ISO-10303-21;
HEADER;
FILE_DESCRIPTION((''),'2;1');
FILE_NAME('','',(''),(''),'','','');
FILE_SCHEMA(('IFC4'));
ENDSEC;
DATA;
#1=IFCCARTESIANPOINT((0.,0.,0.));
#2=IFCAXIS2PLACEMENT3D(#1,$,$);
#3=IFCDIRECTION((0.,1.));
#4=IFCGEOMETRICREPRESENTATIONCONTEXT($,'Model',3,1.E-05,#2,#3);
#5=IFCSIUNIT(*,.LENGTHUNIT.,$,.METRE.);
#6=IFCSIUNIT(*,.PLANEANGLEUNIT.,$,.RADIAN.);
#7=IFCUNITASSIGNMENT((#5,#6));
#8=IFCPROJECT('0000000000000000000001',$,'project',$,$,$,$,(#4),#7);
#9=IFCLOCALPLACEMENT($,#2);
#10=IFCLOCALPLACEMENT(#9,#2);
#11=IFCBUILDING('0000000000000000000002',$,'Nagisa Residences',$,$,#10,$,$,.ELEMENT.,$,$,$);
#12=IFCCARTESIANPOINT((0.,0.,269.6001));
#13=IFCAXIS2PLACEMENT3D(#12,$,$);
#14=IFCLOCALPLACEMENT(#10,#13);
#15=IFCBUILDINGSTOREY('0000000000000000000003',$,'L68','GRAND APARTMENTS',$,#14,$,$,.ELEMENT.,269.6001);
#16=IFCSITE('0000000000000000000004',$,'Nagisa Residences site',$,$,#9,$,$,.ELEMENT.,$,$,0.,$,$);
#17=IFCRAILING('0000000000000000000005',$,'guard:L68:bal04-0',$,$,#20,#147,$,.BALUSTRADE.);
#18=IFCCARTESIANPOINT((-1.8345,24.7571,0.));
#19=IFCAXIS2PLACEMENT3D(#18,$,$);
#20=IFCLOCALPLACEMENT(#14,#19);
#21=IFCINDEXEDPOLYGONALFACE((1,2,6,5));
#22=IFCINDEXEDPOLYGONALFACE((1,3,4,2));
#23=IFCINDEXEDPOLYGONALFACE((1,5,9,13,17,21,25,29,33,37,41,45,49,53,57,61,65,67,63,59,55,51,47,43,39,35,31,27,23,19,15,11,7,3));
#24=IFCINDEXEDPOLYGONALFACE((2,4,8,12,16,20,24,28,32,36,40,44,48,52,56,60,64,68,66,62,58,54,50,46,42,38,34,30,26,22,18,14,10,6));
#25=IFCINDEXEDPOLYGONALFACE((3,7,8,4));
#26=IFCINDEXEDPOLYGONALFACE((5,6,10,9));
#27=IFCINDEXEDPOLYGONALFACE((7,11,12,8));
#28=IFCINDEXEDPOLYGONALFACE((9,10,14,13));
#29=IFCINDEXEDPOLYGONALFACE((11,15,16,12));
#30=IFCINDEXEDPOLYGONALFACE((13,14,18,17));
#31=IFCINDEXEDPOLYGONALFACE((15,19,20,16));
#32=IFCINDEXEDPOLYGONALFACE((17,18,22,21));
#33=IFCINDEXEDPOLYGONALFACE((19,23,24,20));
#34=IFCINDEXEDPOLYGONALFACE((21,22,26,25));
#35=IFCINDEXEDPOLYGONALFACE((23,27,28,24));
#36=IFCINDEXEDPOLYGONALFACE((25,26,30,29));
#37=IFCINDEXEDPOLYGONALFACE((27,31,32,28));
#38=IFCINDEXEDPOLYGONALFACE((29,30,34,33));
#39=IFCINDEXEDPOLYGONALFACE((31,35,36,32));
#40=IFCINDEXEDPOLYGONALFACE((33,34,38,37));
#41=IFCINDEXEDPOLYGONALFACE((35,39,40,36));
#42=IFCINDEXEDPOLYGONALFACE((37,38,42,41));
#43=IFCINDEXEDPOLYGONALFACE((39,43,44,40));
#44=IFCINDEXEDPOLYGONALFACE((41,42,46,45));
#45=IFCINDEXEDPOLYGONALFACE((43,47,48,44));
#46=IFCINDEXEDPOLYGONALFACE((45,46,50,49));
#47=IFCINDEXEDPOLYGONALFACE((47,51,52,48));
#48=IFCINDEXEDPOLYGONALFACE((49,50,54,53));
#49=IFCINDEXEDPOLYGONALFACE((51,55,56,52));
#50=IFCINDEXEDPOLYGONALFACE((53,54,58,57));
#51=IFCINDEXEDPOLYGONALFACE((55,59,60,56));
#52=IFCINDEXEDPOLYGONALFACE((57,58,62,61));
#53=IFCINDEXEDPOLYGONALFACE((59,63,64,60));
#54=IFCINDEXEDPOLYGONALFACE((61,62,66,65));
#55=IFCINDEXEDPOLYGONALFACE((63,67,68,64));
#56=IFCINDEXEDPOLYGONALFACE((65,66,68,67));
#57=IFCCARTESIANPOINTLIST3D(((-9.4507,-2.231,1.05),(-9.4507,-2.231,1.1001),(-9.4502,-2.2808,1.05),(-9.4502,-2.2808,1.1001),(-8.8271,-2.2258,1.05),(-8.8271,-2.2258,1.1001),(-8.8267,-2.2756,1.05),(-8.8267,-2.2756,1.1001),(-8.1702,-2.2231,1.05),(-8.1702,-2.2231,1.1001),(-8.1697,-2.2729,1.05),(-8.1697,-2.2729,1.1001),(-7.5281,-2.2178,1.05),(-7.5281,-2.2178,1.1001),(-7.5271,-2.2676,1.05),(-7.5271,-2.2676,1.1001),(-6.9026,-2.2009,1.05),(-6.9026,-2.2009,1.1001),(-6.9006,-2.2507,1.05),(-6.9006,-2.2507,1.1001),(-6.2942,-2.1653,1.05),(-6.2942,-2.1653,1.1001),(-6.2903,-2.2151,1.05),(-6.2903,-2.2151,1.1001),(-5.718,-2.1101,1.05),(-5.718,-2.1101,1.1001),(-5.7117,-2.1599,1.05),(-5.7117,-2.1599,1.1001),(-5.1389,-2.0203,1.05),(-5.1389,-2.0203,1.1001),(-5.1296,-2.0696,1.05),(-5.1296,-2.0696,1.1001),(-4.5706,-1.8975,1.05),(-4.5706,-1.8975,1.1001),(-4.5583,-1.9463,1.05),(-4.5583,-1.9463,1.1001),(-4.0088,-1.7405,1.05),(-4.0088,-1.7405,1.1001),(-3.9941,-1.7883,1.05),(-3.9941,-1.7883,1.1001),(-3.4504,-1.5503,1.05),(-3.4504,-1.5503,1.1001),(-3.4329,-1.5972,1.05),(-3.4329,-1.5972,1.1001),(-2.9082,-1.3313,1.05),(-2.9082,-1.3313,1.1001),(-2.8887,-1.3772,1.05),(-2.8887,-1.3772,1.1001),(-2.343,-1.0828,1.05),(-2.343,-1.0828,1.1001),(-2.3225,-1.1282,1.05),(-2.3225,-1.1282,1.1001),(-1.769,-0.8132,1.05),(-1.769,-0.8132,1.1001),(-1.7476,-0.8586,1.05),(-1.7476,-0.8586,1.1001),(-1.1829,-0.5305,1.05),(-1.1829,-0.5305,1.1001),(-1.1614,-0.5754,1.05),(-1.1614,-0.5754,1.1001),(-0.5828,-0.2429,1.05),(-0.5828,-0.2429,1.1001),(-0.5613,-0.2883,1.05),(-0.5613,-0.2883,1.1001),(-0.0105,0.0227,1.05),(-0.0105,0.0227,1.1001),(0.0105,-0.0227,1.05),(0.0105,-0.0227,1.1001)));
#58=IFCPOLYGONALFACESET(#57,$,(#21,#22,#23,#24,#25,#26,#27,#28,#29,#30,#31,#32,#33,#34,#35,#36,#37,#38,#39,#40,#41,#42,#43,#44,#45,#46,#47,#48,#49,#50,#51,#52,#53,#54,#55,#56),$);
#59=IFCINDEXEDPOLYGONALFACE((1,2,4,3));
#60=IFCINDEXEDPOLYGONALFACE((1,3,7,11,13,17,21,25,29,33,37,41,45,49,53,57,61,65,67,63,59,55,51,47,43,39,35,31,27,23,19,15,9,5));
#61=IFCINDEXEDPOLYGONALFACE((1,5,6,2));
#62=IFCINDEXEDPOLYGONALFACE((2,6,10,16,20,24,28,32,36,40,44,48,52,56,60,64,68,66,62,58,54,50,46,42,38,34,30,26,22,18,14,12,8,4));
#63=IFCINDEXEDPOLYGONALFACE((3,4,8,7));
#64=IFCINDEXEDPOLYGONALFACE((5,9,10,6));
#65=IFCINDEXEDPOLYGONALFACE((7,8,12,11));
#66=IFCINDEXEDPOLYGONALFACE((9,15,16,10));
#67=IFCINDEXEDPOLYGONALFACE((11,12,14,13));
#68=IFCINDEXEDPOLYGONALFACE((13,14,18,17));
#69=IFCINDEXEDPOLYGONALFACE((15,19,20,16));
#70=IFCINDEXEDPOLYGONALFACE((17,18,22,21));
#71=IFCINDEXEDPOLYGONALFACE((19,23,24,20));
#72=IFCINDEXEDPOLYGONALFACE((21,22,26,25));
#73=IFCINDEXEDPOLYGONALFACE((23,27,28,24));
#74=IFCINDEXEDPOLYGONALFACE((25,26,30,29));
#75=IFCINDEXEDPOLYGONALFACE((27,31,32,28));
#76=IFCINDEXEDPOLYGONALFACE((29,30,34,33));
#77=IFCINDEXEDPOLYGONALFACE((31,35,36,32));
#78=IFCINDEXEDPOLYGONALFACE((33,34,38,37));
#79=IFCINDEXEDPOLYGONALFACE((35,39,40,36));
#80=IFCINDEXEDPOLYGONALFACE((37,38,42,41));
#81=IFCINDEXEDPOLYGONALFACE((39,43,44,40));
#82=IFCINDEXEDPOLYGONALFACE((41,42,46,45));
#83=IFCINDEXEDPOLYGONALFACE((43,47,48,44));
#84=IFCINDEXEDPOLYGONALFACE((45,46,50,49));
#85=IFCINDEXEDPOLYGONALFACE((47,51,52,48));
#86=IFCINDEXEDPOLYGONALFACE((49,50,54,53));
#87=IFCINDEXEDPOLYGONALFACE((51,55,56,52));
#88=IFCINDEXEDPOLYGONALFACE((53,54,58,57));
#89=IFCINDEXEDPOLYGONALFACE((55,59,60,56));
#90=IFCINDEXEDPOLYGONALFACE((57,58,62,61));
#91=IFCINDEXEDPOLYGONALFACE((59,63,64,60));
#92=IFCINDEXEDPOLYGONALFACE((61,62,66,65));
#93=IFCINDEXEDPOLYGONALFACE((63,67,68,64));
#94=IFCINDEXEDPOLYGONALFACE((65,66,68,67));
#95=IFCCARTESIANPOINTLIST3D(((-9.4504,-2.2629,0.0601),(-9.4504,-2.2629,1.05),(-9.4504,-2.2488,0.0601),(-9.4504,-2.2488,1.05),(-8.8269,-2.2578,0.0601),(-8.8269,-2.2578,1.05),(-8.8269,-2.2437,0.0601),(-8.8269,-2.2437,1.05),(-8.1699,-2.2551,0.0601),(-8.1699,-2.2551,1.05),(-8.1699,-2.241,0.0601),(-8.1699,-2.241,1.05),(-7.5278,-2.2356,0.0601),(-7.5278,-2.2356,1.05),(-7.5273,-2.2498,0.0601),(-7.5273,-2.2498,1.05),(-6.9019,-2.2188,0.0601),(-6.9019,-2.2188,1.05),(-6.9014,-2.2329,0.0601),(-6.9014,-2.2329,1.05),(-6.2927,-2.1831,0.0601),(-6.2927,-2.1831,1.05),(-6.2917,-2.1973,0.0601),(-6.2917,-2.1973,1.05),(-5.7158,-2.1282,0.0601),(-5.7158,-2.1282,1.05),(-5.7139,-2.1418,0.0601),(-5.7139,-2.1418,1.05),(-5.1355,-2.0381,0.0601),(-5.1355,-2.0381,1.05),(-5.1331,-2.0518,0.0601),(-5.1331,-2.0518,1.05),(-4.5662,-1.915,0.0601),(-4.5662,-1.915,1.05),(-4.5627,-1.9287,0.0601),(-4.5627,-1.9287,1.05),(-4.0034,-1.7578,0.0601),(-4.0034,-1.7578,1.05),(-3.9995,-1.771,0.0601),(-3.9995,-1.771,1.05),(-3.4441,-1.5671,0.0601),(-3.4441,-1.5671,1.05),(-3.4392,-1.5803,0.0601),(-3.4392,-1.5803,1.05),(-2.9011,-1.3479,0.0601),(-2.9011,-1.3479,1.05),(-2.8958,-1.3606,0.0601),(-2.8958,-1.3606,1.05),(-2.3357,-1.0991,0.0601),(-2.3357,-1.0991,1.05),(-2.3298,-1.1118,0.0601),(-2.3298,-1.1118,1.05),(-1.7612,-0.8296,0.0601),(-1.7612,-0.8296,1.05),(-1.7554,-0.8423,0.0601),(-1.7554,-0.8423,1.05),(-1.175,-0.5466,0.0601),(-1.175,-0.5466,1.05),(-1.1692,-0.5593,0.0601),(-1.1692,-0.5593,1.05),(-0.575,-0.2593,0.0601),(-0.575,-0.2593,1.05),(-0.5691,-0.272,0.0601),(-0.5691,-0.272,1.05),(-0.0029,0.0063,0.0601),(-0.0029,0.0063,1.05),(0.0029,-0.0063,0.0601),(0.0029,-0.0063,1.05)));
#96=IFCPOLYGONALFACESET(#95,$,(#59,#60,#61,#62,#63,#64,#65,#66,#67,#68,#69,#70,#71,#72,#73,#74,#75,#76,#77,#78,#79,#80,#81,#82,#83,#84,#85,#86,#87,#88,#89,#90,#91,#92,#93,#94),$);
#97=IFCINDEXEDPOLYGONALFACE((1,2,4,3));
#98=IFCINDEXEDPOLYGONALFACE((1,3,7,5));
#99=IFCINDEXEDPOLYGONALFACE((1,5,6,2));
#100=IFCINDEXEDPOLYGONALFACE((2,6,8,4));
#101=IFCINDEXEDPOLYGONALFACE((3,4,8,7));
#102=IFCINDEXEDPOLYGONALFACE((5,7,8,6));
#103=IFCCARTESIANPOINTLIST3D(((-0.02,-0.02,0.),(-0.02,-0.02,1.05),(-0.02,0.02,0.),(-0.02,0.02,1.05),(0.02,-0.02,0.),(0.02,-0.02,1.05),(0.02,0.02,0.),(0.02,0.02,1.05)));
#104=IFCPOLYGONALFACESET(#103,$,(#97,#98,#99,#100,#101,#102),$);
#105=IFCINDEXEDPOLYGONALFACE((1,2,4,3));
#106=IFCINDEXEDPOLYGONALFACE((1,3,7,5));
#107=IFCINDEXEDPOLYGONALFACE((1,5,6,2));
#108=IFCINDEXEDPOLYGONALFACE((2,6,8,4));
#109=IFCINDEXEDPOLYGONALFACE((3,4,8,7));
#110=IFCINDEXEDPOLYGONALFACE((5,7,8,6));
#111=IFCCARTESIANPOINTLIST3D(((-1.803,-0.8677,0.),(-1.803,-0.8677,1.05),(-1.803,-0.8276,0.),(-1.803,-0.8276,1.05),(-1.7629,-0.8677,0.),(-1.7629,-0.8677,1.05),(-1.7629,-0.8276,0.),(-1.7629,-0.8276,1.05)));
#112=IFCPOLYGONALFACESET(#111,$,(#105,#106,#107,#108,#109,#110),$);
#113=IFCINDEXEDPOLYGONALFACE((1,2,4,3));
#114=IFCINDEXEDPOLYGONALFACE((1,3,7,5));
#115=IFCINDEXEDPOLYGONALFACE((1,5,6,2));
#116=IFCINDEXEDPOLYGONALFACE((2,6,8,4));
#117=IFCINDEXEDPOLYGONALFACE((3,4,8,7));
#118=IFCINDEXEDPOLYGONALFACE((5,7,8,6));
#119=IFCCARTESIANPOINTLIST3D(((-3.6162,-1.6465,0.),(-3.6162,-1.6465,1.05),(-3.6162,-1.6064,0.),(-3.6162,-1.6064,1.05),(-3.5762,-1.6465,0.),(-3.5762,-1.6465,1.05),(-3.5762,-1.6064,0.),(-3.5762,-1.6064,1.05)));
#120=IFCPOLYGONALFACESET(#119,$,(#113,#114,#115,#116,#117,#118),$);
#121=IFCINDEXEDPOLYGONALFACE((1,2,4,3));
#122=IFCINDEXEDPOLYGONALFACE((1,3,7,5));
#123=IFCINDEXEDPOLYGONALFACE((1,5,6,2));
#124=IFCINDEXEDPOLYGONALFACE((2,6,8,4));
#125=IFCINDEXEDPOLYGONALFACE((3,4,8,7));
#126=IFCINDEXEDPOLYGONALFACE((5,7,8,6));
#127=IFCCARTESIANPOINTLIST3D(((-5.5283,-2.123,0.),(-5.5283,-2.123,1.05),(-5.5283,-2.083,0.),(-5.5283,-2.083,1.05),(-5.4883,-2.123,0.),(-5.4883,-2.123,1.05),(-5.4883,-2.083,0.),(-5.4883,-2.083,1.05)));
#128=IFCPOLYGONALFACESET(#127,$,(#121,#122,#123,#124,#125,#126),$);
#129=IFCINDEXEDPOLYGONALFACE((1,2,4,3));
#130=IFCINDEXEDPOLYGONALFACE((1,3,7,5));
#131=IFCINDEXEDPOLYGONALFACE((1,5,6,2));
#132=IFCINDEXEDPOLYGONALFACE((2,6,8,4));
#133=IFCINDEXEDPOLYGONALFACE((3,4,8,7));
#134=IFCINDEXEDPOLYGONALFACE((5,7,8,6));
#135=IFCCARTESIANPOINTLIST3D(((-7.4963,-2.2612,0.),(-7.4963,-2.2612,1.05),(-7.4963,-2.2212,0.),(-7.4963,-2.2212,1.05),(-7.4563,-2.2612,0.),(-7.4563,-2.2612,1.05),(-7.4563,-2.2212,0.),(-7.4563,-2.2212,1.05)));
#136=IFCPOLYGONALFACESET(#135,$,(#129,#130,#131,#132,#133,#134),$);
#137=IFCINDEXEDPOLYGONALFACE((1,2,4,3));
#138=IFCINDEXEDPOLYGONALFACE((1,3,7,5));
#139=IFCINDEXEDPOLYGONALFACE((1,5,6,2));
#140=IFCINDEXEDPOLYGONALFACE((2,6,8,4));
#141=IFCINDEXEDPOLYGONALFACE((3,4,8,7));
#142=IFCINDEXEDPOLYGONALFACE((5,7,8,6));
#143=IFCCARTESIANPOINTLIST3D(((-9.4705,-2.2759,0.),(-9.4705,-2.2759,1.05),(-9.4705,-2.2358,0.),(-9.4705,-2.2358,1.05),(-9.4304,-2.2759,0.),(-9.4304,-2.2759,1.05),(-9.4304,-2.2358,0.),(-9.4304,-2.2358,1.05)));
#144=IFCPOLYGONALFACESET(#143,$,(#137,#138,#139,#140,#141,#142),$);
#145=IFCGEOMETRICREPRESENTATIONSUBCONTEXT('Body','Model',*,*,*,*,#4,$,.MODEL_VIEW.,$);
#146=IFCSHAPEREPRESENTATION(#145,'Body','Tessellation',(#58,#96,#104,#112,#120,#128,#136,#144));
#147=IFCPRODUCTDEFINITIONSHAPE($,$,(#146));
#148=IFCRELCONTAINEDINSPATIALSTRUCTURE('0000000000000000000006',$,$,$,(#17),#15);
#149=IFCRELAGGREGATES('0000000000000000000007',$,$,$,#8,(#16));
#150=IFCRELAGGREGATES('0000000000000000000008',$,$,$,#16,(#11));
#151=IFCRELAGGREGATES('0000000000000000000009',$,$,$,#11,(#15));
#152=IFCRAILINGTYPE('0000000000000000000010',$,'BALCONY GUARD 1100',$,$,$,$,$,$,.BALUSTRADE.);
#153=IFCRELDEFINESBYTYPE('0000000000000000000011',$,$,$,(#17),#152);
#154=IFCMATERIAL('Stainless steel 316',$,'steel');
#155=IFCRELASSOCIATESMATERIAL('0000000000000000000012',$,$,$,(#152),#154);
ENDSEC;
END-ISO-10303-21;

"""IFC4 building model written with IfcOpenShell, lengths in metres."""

from ifc_helpers import new_model, si_unit, direction, frame, origin, origin_2d, place, context, subcontext, project, spatial, polyline, rectangle, outline, extrude, material, type_object, element, save


model = new_model("IFC4")

# Units and contexts
model_context = context("Model", 3, precision=1e-05, world=origin(), true_north=direction((0.0, 1.0)))
body_context = subcontext(model_context, "Body", "Model", "MODEL_VIEW")
ifc_project = project(units=[si_unit("LENGTHUNIT", "METRE"), si_unit("PLANEANGLEUNIT", "RADIAN")], contexts=[model_context])

# Site, building, storey
site_placement = place(None, origin())
site = spatial("IfcSite", under=ifc_project, at=site_placement, Name="Nagisa Residences site", CompositionType="ELEMENT", RefElevation=0.0)
building_placement = place(site_placement, origin())
building = spatial("IfcBuilding", under=site, at=building_placement, Name="Nagisa Residences", CompositionType="ELEMENT")
storey_placement = place(building_placement, frame((0.0, 0.0, 269.6001)))
storey = spatial("IfcBuildingStorey", under=building, at=storey_placement, Name="L68", Description="GRAND APARTMENTS", CompositionType="ELEMENT", Elevation=269.6001)

# Railing
ifc_material_1 = material(Name="Stainless steel 316", Category="steel")
railing_type = type_object("IfcRailingType", Name="BALCONY GUARD 1100", PredefinedType="BALUSTRADE", material=ifc_material_1)
railing_placement = place(storey_placement, frame((-1.8345, 24.7571, 0.0)))
element("IfcRailing", 1, at=railing_placement, inside=storey, type_object=railing_type, Name="guard:L68:bal04-0", PredefinedType="BALUSTRADE", context=body_context, shape_type="SweptSolid", body=[
    extrude(outline(polyline([(-0.5613, -0.2883), (0.0105, -0.0227), (-0.0105, 0.0227), (-0.5828, -0.2429), (-1.1829, -0.5305), (-1.769, -0.8132), (-2.343, -1.0828), (-2.9082, -1.3313), (-3.4504, -1.5503), (-4.0088, -1.7405), (-4.5706, -1.8975), (-5.1389, -2.0203), (-5.718, -2.1101), (-6.2942, -2.1653), (-6.9026, -2.2009), (-7.5281, -2.2178), (-8.1702, -2.2231), (-8.8271, -2.2258), (-9.4507, -2.231), (-9.4502, -2.2808), (-8.8267, -2.2756), (-8.1697, -2.2729), (-7.5271, -2.2676), (-6.9006, -2.2507), (-6.2903, -2.2151), (-5.7117, -2.1599), (-5.1296, -2.0696), (-4.5583, -1.9463), (-3.9941, -1.7883), (-3.4329, -1.5972), (-2.8887, -1.3772), (-2.3225, -1.1282), (-1.7476, -0.8586), (-1.1614, -0.5754), (-0.5613, -0.2883)])), frame((0.0, 0.0, 1.05)), (0.0, 0.0, 1.0), 0.05),
    extrude(outline(polyline([(-0.5691, -0.272), (0.0029, -0.0063), (-0.0029, 0.0063), (-0.575, -0.2593), (-1.175, -0.5466), (-1.7612, -0.8296), (-2.3357, -1.0991), (-2.9011, -1.3479), (-3.4441, -1.5671), (-4.0034, -1.7578), (-4.5662, -1.915), (-5.1355, -2.0381), (-5.7158, -2.1282), (-6.2927, -2.1831), (-6.9019, -2.2188), (-7.5278, -2.2356), (-8.1699, -2.241), (-8.8269, -2.2437), (-9.4504, -2.2488), (-9.4504, -2.2629), (-8.8269, -2.2578), (-8.1699, -2.2551), (-7.5273, -2.2498), (-6.9014, -2.2329), (-6.2917, -2.1973), (-5.7139, -2.1418), (-5.1331, -2.0518), (-4.5627, -1.9287), (-3.9995, -1.771), (-3.4392, -1.5803), (-2.8958, -1.3606), (-2.3298, -1.1118), (-1.7554, -0.8423), (-1.1692, -0.5593), (-0.5691, -0.272)])), frame((0.0, 0.0, 0.0601)), (0.0, 0.0, 1.0), 0.99),
    extrude(rectangle(XDim=0.04, YDim=0.04, at=origin_2d()), origin(), (0.0, 0.0, 1.0), 1.05),
    extrude(rectangle(XDim=0.04, YDim=0.04, at=origin_2d()), frame((-1.783, -0.8477, 0.0)), (0.0, 0.0, 1.0), 1.05),
    extrude(rectangle(XDim=0.04, YDim=0.04, at=origin_2d()), frame((-3.5962, -1.6265, 0.0)), (0.0, 0.0, 1.0), 1.05),
    extrude(rectangle(XDim=0.04, YDim=0.04, at=origin_2d()), frame((-5.5083, -2.103, 0.0)), (0.0, 0.0, 1.0), 1.05),
    extrude(rectangle(XDim=0.04, YDim=0.04, at=origin_2d()), frame((-7.4763, -2.2412, 0.0)), (0.0, 0.0, 1.0), 1.05),
    extrude(rectangle(XDim=0.04, YDim=0.04, at=origin_2d()), frame((-9.4504, -2.2559, 0.0)), (0.0, 0.0, 1.0), 1.05),
])

save(model, "model.ifc")
